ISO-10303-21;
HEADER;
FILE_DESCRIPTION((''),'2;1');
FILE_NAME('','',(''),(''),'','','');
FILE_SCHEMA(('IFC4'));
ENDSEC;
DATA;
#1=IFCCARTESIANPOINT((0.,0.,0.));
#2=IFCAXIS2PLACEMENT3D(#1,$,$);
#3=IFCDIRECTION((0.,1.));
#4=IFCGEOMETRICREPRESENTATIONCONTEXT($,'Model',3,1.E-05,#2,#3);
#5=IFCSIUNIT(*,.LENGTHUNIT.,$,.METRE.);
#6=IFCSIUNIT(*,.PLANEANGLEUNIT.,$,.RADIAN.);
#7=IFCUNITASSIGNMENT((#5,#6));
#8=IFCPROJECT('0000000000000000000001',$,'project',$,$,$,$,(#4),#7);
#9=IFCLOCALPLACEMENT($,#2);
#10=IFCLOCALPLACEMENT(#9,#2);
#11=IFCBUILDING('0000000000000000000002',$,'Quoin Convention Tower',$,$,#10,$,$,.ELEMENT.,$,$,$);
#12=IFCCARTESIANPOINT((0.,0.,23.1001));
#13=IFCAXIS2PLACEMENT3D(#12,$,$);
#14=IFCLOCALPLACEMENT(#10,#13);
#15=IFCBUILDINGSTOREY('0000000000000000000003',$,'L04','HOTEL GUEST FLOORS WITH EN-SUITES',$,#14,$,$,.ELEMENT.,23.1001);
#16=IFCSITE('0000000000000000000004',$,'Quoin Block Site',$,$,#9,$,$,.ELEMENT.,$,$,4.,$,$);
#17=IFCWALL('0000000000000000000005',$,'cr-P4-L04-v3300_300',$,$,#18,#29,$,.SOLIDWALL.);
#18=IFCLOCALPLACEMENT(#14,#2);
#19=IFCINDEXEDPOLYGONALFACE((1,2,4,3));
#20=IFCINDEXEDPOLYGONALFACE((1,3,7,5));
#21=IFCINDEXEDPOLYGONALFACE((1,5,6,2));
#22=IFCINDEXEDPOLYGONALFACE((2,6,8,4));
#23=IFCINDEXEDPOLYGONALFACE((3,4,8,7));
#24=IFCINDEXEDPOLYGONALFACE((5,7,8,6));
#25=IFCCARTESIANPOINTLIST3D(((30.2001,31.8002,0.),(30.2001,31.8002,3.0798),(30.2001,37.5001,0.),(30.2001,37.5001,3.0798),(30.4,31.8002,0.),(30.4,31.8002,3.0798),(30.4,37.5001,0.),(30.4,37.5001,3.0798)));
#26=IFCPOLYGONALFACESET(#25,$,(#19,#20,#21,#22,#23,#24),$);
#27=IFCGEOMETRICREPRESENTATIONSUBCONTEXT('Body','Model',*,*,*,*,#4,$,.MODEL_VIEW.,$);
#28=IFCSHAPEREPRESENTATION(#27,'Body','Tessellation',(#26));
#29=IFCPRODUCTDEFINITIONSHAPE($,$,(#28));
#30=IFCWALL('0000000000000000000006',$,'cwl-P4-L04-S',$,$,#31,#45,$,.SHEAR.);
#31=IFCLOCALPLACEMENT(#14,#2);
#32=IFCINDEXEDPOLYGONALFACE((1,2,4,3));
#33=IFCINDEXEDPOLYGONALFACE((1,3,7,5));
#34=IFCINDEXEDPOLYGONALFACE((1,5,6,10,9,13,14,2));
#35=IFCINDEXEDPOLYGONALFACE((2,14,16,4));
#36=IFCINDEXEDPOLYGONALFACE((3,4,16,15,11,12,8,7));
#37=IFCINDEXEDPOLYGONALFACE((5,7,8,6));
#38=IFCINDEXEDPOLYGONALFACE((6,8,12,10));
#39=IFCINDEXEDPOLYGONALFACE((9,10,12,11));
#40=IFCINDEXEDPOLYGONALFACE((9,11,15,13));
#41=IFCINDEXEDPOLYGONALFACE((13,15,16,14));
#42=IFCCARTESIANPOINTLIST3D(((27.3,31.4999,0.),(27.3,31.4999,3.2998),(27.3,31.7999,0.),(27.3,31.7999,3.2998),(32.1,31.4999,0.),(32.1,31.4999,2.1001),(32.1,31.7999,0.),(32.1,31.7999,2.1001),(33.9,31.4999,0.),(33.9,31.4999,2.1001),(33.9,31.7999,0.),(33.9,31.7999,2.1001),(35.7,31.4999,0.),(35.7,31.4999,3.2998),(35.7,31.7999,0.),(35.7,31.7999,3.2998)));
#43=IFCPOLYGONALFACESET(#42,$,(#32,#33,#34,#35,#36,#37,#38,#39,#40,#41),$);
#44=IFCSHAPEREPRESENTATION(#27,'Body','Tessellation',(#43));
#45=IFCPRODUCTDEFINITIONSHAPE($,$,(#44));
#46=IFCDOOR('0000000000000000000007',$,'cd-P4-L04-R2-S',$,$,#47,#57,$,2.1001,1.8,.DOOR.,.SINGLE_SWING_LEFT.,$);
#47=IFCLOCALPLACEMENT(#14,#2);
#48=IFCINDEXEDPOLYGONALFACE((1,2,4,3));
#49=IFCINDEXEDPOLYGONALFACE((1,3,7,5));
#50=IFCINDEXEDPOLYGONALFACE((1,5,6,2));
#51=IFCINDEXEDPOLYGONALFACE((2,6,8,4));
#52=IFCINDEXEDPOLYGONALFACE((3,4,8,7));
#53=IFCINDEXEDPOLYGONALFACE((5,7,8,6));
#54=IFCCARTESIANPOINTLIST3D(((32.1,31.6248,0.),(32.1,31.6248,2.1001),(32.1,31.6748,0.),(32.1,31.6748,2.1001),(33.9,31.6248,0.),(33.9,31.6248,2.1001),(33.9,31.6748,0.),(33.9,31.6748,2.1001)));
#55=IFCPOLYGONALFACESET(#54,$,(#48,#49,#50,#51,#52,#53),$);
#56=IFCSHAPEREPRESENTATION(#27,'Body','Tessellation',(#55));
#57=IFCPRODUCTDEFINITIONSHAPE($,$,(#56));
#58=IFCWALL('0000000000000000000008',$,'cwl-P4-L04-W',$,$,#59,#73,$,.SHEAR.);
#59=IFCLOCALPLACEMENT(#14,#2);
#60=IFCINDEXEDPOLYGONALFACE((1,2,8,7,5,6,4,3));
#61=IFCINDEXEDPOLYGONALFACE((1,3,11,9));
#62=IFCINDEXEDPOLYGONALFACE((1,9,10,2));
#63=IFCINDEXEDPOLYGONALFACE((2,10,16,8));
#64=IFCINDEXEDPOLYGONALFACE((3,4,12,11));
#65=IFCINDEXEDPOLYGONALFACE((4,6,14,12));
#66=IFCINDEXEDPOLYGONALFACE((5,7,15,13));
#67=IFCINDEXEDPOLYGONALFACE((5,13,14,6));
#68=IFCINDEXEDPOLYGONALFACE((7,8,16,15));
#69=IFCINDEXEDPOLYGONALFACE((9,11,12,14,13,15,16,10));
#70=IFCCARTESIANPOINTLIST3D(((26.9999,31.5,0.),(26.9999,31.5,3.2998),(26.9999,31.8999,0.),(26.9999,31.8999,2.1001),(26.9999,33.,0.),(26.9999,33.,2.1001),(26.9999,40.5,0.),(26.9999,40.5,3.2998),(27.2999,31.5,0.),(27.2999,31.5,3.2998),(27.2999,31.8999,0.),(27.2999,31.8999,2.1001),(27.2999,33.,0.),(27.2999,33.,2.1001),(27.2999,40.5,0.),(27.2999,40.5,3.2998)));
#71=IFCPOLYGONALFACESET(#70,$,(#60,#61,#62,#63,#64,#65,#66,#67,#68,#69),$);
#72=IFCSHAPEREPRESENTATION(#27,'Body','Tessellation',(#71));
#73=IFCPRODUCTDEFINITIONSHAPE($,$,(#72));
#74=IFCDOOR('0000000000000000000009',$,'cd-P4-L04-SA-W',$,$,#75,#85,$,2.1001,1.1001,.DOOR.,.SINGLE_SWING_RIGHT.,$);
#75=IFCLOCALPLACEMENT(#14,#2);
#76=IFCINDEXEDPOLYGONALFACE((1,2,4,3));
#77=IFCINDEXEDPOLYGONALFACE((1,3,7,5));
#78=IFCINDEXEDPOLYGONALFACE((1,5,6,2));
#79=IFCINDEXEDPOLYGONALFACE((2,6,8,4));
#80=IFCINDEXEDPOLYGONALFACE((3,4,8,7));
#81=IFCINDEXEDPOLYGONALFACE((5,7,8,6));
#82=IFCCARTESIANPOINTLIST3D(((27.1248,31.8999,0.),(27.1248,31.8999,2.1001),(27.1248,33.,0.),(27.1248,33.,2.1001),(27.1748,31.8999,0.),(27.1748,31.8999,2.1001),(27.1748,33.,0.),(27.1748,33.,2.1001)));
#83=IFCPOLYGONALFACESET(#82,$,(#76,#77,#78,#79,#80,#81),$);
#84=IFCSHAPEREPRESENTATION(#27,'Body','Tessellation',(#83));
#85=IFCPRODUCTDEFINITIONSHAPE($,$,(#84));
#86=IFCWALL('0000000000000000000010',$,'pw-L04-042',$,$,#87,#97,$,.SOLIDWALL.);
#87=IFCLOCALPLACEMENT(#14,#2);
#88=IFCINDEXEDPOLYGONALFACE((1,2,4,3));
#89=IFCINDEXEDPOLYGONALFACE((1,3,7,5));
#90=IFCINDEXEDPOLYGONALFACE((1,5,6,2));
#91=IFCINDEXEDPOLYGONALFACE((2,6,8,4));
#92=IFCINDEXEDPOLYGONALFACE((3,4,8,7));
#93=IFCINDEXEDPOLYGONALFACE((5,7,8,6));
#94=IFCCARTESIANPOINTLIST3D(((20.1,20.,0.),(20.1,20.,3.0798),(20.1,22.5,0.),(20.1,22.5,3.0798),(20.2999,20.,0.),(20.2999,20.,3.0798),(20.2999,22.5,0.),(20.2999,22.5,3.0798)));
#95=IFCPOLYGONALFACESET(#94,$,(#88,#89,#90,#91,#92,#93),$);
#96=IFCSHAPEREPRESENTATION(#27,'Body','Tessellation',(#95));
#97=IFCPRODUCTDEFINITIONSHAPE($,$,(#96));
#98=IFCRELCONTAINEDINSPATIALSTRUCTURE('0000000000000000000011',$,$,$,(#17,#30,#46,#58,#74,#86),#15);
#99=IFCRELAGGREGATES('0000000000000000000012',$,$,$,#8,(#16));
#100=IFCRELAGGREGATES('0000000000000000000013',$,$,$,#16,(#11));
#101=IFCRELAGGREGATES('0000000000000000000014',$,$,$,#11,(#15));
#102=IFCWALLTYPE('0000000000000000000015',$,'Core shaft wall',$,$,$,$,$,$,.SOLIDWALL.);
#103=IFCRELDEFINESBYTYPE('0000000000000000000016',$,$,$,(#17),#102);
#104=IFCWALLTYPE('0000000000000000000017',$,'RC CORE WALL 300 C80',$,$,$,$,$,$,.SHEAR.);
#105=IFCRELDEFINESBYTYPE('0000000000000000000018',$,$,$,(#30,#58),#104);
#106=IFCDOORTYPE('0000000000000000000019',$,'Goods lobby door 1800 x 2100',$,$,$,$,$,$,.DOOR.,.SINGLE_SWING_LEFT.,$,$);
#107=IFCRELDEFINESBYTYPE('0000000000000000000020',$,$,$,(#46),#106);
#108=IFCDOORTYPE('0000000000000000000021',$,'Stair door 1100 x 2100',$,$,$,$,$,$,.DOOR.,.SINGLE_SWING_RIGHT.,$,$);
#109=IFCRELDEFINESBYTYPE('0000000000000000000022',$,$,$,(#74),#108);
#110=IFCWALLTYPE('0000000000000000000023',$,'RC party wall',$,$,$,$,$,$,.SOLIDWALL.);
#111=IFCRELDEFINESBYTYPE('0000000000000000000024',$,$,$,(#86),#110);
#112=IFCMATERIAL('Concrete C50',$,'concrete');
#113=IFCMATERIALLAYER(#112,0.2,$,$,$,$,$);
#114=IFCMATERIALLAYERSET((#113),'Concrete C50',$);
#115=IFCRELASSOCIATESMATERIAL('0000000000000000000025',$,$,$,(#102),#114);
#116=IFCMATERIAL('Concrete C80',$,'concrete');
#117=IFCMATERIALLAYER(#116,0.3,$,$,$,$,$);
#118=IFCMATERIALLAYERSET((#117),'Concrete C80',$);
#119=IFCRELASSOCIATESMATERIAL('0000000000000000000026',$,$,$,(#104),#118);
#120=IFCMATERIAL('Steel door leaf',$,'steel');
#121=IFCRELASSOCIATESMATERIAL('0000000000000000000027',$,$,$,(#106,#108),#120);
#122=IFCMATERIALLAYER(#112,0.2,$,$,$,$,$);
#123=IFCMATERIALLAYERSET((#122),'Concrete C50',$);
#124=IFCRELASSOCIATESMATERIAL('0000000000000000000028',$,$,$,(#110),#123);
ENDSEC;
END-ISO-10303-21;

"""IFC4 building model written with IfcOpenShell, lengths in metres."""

from ifc_helpers import new_model, si_unit, direction, frame, frame_2d, origin, place, context, subcontext, project, spatial, rectangle, extrude, material, layer, layer_set, type_object, element, fill, save


model = new_model("IFC4")

# Units and contexts
model_context = context("Model", 3, precision=1e-05, world=origin(), true_north=direction((0.0, 1.0)))
body_context = subcontext(model_context, "Body", "Model", "MODEL_VIEW")
ifc_project = project(units=[si_unit("LENGTHUNIT", "METRE"), si_unit("PLANEANGLEUNIT", "RADIAN")], contexts=[model_context])

# Site, building, storey
site_placement = place(None, origin())
site = spatial("IfcSite", under=ifc_project, at=site_placement, Name="Quoin Block Site", CompositionType="ELEMENT", RefElevation=4.0)
building_placement = place(site_placement, origin())
building = spatial("IfcBuilding", under=site, at=building_placement, Name="Quoin Convention Tower", CompositionType="ELEMENT")
storey_placement = place(building_placement, frame((0.0, 0.0, 23.1001)))
storey = spatial("IfcBuildingStorey", under=building, at=storey_placement, Name="L04", Description="HOTEL GUEST FLOORS WITH EN-SUITES", CompositionType="ELEMENT", Elevation=23.1001)

# Wall
ifc_material_1 = material(Name="Concrete C50", Category="concrete")
ifc_layer_1 = layer(ifc_material_1, 0.2)
ifc_layer_set_1 = layer_set([ifc_layer_1], Name="Concrete C50")
wall_type_1 = type_object("IfcWallType", Name="Core shaft wall", PredefinedType="SOLIDWALL", material=ifc_layer_set_1)
wall_1_placement = place(storey_placement, frame((30.3, 31.8, 0.0), z_axis=(0.0, 0.0, 1.0), x_axis=(0.0, 1.0, 0.0)))
element("IfcWall", 1, at=wall_1_placement, inside=storey, type_object=wall_type_1, Name="cr-P4-L04-v3300_300", PredefinedType="SOLIDWALL", context=body_context, shape_type="SweptSolid", body=[
    extrude(rectangle(XDim=5.7, YDim=0.2, at=frame_2d((2.8501, 0.0))), origin(), (0.0, 0.0, 1.0), 3.0798),
])

# Walls, openings, doors
ifc_material_2 = material(Name="Concrete C80", Category="concrete")
ifc_layer_2 = layer(ifc_material_2, 0.3)
ifc_layer_set_2 = layer_set([ifc_layer_2], Name="Concrete C80")
wall_type_2 = type_object("IfcWallType", Name="RC CORE WALL 300 C80", PredefinedType="SHEAR", material=ifc_layer_set_2)
wall_2_placement = place(storey_placement, frame((27.3, 31.6499, 0.0), z_axis=(0.0, 0.0, 1.0), x_axis=(1.0, 0.0, 0.0)))
wall_2 = element("IfcWall", 2, at=wall_2_placement, inside=storey, type_object=wall_type_2, Name="cwl-P4-L04-S", PredefinedType="SHEAR", context=body_context, shape_type="SweptSolid", body=[
    extrude(rectangle(XDim=8.3999, YDim=0.3, at=frame_2d((4.2, 0.0))), origin(), (0.0, 0.0, 1.0), 3.2998),
])
opening_1_placement = place(wall_2_placement, frame((4.8, 0.0, 0.0)))
opening_1 = element("IfcOpeningElement", 3, at=opening_1_placement, cuts=wall_2, PredefinedType="OPENING", context=body_context, shape_type="SweptSolid", body=[
    extrude(rectangle(XDim=1.8, YDim=2.1001, at=frame_2d((0.8999, 1.05))), frame((0.0, 0.1599, 0.0), z_axis=(0.0, -1.0, 0.0), x_axis=(1.0, 0.0, 0.0)), (0.0, 0.0, 1.0), 0.3201),
])
ifc_material_3 = material(Name="Steel door leaf", Category="steel")
door_type_1 = type_object("IfcDoorType", Name="Goods lobby door 1800 x 2100", OperationType="SINGLE_SWING_LEFT", PredefinedType="DOOR", material=ifc_material_3)
door_1_placement = place(opening_1_placement, origin())
door_1 = element("IfcDoor", 4, at=door_1_placement, inside=storey, type_object=door_type_1, Name="cd-P4-L04-R2-S", OperationType="SINGLE_SWING_LEFT", OverallHeight=2.1001, OverallWidth=1.8, PredefinedType="DOOR", context=body_context, shape_type="SweptSolid", body=[
    extrude(rectangle(XDim=1.8, YDim=2.1001, at=frame_2d((0.8999, 1.05))), frame((0.0, 0.0249, 0.0), z_axis=(0.0, -1.0, 0.0), x_axis=(1.0, 0.0, 0.0)), (0.0, 0.0, 1.0), 0.05),
])
fill(opening_1, door_1)
wall_3_placement = place(storey_placement, frame((27.1499, 31.5, 0.0), z_axis=(0.0, 0.0, 1.0), x_axis=(0.0, 1.0, 0.0)))
wall_3 = element("IfcWall", 5, at=wall_3_placement, inside=storey, type_object=wall_type_2, Name="cwl-P4-L04-W", PredefinedType="SHEAR", context=body_context, shape_type="SweptSolid", body=[
    extrude(rectangle(XDim=9.0, YDim=0.3, at=frame_2d((4.5, 0.0))), origin(), (0.0, 0.0, 1.0), 3.2998),
])
opening_2_placement = place(wall_3_placement, frame((0.3999, 0.0, 0.0)))
opening_2 = element("IfcOpeningElement", 6, at=opening_2_placement, cuts=wall_3, PredefinedType="OPENING", context=body_context, shape_type="SweptSolid", body=[
    extrude(rectangle(XDim=1.1001, YDim=2.1001, at=frame_2d((0.55, 1.05))), frame((0.0, 0.1599, 0.0), z_axis=(0.0, -1.0, 0.0), x_axis=(1.0, 0.0, 0.0)), (0.0, 0.0, 1.0), 0.3201),
])
door_type_2 = type_object("IfcDoorType", Name="Stair door 1100 x 2100", OperationType="SINGLE_SWING_RIGHT", PredefinedType="DOOR", material=ifc_material_3)
door_2_placement = place(opening_2_placement, frame((1.1001, 0.0, 0.0), z_axis=(0.0, 0.0, 1.0), x_axis=(-1.0, 0.0, 0.0)))
door_2 = element("IfcDoor", 7, at=door_2_placement, inside=storey, type_object=door_type_2, Name="cd-P4-L04-SA-W", OperationType="SINGLE_SWING_RIGHT", OverallHeight=2.1001, OverallWidth=1.1001, PredefinedType="DOOR", context=body_context, shape_type="SweptSolid", body=[
    extrude(rectangle(XDim=1.1001, YDim=2.1001, at=frame_2d((0.55, 1.05))), frame((0.0, 0.0249, 0.0), z_axis=(0.0, -1.0, 0.0), x_axis=(1.0, 0.0, 0.0)), (0.0, 0.0, 1.0), 0.05),
])
fill(opening_2, door_2)

# Wall
ifc_layer_3 = layer(ifc_material_1, 0.2)
ifc_layer_set_3 = layer_set([ifc_layer_3], Name="Concrete C50")
wall_type_3 = type_object("IfcWallType", Name="RC party wall", PredefinedType="SOLIDWALL", material=ifc_layer_set_3)
wall_4_placement = place(storey_placement, frame((20.2, 20.0, 0.0), z_axis=(0.0, 0.0, 1.0), x_axis=(0.0, 1.0, 0.0)))
element("IfcWall", 8, at=wall_4_placement, inside=storey, type_object=wall_type_3, Name="pw-L04-042", PredefinedType="SOLIDWALL", context=body_context, shape_type="SweptSolid", body=[
    extrude(rectangle(XDim=2.5, YDim=0.2, at=frame_2d((1.25, 0.0))), origin(), (0.0, 0.0, 1.0), 3.0798),
])

save(model, "model.ifc")
